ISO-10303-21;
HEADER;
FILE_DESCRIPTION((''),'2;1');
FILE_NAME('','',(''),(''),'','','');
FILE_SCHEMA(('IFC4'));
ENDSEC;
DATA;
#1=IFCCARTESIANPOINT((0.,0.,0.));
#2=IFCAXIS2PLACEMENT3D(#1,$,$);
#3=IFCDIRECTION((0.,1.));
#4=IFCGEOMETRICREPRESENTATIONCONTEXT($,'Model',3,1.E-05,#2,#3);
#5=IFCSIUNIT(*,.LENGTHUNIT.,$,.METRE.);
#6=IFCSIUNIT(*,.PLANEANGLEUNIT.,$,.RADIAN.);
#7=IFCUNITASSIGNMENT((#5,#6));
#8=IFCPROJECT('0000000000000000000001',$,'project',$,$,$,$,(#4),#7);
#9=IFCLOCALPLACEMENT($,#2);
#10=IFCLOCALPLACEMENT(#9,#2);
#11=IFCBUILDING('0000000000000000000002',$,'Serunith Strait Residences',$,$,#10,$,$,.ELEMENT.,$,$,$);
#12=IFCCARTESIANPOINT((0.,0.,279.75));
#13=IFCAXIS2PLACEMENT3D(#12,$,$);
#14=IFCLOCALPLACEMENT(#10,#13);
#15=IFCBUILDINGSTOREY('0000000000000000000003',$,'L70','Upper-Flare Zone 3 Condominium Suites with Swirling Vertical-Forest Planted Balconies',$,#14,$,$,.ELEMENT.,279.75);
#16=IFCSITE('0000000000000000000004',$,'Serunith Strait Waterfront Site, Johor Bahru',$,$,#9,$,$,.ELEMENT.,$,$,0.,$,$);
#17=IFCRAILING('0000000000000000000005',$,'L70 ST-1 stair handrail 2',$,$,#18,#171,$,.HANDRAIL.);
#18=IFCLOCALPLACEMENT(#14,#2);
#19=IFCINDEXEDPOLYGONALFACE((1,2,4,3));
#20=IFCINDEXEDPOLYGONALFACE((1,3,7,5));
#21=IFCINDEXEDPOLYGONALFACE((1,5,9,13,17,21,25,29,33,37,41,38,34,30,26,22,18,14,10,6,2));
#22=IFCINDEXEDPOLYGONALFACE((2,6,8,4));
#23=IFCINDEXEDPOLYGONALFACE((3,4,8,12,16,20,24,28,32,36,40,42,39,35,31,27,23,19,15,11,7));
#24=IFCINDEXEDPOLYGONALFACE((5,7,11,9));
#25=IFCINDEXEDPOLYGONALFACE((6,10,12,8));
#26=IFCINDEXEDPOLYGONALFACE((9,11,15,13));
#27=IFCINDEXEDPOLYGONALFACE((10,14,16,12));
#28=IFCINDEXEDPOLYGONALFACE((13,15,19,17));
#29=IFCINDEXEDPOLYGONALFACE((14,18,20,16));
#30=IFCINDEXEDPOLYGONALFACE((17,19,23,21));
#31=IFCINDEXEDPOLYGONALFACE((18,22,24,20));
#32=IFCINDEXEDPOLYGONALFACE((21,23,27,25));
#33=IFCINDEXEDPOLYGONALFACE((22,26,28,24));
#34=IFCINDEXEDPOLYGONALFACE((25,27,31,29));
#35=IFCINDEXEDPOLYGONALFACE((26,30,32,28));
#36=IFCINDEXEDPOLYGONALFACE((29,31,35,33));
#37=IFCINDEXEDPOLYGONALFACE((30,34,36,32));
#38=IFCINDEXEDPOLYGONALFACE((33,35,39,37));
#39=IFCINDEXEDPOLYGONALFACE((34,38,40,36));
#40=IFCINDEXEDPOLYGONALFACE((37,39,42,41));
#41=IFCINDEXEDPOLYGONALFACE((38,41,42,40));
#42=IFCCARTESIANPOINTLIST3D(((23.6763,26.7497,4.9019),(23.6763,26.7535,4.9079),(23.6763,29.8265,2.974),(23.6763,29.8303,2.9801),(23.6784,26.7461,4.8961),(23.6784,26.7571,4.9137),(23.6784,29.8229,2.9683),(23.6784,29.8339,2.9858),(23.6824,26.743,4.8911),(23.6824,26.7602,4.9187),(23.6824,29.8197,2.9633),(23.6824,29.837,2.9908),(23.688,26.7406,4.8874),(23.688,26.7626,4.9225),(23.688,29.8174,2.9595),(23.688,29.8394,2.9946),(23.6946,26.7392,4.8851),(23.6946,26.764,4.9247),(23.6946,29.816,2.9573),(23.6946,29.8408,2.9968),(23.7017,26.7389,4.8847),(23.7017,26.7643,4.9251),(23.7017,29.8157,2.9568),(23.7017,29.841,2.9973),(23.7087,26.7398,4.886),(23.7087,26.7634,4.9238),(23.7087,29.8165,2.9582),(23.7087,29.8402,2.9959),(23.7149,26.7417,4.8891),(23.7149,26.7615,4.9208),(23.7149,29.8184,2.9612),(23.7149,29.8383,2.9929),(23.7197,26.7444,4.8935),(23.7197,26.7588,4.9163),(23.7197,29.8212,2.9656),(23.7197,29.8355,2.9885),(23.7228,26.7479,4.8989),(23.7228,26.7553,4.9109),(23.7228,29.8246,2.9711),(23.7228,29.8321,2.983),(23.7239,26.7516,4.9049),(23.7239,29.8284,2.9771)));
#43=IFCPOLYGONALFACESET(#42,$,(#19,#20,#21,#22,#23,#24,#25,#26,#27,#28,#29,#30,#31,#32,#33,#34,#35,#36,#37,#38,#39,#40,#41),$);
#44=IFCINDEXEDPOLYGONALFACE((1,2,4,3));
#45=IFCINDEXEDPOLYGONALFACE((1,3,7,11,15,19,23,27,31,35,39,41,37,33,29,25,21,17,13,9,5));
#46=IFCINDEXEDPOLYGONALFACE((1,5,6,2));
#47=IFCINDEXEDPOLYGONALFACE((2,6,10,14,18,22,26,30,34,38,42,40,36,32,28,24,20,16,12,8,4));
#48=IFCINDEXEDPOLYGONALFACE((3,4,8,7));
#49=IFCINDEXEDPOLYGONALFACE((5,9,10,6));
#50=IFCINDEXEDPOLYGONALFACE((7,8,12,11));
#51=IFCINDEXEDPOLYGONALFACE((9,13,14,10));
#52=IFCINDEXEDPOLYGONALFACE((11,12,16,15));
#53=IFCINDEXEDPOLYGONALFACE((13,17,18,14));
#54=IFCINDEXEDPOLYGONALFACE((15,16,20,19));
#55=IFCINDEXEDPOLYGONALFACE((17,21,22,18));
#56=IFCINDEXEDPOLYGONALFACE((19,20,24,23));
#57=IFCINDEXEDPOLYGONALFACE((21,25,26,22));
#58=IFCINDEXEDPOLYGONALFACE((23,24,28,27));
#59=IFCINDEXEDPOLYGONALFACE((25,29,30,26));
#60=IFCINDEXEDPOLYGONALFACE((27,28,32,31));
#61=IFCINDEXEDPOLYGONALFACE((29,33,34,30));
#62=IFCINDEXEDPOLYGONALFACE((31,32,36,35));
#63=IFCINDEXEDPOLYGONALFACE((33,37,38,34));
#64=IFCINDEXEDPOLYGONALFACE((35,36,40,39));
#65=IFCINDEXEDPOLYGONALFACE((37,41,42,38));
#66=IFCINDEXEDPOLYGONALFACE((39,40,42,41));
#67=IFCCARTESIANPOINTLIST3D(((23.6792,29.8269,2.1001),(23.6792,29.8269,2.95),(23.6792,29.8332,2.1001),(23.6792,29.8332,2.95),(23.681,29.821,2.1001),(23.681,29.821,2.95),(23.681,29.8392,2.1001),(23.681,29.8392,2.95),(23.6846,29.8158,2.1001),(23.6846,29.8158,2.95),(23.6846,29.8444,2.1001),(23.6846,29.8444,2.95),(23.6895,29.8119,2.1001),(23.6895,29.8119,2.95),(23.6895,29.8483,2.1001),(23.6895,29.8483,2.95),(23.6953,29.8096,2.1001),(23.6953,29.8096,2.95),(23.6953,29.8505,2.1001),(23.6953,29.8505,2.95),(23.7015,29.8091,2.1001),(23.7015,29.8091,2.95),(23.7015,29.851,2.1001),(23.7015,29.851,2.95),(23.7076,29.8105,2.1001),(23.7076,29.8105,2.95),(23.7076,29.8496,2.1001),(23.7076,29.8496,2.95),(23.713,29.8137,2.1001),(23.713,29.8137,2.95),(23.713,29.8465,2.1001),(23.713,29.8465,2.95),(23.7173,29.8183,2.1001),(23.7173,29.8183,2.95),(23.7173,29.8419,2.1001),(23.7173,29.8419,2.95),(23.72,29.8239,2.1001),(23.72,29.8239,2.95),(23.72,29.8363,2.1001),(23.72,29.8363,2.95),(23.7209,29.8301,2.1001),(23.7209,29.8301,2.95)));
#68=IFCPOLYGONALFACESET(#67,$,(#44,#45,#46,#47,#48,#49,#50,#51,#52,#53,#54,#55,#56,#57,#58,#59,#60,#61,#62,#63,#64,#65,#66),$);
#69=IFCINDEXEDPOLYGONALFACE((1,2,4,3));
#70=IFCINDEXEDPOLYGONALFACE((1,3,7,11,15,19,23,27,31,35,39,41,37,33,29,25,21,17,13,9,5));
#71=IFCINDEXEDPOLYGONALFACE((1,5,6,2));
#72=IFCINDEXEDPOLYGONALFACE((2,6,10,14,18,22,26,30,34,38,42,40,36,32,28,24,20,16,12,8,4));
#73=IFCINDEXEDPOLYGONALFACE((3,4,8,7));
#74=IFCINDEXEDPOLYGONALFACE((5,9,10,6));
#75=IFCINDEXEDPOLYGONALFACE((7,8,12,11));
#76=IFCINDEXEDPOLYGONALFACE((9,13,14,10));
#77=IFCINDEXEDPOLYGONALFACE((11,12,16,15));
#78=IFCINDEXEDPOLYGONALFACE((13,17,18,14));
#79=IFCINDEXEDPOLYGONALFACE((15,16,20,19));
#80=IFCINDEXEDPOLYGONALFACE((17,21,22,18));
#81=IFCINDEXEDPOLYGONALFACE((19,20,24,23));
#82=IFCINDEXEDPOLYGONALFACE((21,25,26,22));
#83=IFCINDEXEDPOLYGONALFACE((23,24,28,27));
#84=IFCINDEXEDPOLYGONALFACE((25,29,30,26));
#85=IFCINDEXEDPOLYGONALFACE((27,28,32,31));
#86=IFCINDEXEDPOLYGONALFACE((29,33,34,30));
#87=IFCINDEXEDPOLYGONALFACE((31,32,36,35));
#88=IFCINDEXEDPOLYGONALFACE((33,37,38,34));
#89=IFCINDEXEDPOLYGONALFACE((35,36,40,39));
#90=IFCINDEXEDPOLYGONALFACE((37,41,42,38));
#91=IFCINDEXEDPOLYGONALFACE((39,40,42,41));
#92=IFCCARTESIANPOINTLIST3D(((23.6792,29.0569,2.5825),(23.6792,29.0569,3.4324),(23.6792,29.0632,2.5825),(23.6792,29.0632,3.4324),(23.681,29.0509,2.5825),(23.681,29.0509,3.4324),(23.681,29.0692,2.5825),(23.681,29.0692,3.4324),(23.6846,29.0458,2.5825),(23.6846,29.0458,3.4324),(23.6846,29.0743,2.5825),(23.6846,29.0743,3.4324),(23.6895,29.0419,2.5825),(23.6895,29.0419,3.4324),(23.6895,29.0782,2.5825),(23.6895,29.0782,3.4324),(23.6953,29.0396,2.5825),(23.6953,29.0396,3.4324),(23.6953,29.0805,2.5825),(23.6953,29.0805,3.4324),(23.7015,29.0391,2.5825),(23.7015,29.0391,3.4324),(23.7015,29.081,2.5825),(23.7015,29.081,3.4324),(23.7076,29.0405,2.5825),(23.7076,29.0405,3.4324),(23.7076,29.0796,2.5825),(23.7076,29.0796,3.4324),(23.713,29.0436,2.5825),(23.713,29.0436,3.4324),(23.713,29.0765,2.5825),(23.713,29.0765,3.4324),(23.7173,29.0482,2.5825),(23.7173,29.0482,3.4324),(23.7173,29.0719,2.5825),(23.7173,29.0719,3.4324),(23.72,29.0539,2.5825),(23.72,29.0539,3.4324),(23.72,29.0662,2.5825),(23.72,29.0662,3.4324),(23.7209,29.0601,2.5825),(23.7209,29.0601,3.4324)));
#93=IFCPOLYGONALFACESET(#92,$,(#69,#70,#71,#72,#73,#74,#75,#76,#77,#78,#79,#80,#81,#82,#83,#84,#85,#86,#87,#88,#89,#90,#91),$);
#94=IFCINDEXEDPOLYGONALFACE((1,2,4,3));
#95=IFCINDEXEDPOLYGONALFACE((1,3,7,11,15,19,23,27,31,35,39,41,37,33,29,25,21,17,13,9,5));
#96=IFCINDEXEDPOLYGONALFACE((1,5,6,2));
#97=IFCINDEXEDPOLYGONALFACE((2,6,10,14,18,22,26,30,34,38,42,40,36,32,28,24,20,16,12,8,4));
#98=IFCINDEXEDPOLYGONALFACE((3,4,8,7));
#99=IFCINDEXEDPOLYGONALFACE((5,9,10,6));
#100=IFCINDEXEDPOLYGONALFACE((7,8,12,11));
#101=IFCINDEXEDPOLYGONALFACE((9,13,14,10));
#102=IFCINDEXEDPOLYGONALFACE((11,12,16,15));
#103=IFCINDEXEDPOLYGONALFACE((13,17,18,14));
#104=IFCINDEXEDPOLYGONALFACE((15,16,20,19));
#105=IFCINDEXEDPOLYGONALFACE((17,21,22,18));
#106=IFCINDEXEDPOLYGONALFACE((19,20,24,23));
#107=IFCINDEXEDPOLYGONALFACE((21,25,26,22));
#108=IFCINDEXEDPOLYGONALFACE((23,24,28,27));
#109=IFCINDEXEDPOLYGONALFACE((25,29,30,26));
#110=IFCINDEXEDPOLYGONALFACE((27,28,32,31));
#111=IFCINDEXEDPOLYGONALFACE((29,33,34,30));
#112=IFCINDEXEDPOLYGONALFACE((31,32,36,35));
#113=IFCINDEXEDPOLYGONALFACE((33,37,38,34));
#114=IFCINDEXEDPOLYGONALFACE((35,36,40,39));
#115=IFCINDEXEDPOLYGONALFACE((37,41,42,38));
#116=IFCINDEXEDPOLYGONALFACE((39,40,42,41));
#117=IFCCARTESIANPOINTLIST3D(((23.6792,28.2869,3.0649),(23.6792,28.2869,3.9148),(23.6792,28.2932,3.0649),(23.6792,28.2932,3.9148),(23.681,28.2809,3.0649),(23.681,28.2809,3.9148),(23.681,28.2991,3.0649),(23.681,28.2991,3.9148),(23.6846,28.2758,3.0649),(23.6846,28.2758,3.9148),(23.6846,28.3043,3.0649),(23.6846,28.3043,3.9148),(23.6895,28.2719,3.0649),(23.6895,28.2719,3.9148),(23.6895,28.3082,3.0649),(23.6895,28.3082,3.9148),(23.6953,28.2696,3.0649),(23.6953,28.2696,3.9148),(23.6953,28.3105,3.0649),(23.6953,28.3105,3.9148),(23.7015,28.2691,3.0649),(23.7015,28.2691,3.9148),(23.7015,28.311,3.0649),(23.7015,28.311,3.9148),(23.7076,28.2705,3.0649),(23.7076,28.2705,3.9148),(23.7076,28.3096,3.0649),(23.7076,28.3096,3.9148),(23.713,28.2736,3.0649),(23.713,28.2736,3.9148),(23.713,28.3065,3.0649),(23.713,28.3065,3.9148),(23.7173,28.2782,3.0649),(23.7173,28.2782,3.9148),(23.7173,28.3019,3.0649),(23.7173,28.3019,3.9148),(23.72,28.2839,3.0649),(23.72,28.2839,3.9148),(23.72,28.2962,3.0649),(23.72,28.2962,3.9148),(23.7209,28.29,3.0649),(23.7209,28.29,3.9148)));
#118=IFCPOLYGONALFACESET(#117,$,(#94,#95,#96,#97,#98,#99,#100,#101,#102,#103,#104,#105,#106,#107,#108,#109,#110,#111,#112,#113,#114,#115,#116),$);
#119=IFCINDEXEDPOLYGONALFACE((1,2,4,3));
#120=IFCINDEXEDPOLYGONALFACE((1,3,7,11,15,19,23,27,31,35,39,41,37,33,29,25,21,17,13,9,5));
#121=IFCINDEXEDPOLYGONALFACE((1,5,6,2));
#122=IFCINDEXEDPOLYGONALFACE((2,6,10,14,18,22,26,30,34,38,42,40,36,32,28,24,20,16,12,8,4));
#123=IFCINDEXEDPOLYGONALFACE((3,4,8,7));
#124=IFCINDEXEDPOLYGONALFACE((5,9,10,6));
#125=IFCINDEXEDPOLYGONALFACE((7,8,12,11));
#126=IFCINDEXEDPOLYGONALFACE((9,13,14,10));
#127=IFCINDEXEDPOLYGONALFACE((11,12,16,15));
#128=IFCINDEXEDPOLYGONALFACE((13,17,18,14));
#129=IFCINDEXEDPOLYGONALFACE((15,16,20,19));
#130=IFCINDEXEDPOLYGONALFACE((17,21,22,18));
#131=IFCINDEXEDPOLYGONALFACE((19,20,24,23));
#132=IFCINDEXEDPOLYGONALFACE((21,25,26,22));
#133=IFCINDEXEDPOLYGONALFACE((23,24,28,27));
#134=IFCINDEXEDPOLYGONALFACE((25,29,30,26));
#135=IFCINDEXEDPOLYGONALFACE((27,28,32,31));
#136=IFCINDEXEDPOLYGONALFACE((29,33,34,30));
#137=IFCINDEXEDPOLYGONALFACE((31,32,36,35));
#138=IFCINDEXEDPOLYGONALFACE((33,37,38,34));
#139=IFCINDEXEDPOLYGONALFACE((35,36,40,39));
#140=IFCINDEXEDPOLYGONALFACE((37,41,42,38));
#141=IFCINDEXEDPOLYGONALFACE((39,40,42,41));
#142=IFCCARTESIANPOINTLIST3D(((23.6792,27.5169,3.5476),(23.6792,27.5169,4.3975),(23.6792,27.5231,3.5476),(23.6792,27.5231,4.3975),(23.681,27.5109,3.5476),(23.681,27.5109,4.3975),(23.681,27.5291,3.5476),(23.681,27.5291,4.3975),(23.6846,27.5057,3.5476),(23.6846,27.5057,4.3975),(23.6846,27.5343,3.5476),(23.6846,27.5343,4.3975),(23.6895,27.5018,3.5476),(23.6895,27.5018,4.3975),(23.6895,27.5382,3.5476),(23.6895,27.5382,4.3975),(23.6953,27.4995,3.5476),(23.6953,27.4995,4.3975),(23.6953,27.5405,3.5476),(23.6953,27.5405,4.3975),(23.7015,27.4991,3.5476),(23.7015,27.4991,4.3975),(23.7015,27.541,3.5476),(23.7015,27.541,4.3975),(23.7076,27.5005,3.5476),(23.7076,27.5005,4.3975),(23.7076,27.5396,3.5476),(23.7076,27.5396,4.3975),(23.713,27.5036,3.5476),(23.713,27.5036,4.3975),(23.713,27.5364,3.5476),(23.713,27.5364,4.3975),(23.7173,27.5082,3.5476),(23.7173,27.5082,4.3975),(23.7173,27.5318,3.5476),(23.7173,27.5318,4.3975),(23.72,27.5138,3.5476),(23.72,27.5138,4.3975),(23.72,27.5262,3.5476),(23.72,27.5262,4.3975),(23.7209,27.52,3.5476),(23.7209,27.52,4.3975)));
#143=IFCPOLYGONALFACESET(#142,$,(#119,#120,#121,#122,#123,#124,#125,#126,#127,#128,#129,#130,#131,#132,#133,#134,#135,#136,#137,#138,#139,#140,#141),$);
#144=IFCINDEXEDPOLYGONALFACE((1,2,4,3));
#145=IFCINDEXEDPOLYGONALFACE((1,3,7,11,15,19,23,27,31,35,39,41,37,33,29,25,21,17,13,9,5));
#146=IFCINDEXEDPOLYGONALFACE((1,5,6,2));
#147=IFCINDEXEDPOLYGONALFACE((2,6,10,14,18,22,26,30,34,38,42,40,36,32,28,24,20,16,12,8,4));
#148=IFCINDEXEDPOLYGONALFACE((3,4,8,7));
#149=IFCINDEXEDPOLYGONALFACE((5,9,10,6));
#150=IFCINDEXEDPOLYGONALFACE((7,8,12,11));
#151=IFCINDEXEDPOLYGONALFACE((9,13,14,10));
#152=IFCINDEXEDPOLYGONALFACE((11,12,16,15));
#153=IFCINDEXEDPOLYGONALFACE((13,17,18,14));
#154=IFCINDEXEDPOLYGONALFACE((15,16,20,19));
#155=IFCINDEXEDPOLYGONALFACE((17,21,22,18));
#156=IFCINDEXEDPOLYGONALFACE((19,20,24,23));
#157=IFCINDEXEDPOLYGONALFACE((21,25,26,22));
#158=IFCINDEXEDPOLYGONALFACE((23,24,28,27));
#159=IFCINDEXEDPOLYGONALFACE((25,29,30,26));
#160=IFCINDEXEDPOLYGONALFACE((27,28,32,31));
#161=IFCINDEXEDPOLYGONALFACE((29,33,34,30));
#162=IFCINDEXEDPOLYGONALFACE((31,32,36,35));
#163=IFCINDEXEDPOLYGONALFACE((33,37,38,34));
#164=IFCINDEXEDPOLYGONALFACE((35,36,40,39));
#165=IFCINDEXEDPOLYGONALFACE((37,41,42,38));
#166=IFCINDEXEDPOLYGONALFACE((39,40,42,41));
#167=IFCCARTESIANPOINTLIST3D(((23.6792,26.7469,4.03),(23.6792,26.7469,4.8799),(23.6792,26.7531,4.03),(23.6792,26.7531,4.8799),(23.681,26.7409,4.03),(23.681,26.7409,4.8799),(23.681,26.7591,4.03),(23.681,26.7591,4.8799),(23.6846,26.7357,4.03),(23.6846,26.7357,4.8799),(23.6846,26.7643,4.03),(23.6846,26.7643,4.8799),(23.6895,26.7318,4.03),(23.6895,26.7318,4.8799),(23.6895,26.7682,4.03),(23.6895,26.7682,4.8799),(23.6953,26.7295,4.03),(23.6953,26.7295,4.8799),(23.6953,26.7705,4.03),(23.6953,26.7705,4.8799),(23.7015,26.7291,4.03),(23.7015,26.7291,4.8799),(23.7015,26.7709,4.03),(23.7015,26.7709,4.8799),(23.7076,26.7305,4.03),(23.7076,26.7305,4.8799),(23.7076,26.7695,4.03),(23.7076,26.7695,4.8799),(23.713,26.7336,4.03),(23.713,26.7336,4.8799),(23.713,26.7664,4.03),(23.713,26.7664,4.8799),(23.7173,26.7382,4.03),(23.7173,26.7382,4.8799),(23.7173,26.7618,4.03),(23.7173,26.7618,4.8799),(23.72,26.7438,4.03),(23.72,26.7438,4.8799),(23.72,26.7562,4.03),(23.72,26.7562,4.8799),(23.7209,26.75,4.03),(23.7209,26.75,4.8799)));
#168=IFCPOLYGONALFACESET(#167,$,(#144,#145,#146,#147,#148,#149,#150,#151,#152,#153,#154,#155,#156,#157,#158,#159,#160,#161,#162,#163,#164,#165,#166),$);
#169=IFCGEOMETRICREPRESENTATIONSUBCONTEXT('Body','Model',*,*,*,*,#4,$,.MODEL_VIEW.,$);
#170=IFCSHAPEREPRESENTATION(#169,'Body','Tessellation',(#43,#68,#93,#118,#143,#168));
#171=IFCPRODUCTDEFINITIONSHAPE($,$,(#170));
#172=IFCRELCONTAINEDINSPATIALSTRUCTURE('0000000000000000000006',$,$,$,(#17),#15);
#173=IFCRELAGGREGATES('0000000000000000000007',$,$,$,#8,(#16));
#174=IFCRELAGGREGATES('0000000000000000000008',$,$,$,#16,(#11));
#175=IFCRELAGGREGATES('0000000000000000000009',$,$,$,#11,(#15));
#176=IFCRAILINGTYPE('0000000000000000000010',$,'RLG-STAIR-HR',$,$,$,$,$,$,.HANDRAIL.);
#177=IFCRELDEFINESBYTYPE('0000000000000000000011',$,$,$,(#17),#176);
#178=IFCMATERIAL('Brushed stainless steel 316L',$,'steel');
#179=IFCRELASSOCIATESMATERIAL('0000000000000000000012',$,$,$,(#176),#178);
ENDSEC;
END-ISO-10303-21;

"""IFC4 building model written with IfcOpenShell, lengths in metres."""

from ifc_helpers import new_model, si_unit, direction, frame, origin, origin_2d, place, context, subcontext, project, spatial, circle, extrude, material, type_object, element, save


model = new_model("IFC4")

# Units and contexts
model_context = context("Model", 3, precision=1e-05, world=origin(), true_north=direction((0.0, 1.0)))
body_context = subcontext(model_context, "Body", "Model", "MODEL_VIEW")
ifc_project = project(units=[si_unit("LENGTHUNIT", "METRE"), si_unit("PLANEANGLEUNIT", "RADIAN")], contexts=[model_context])

# Site, building, storey
site_placement = place(None, origin())
site = spatial("IfcSite", under=ifc_project, at=site_placement, Name="Serunith Strait Waterfront Site, Johor Bahru", CompositionType="ELEMENT", RefElevation=0.0)
building_placement = place(site_placement, origin())
building = spatial("IfcBuilding", under=site, at=building_placement, Name="Serunith Strait Residences", CompositionType="ELEMENT")
storey_placement = place(building_placement, frame((0.0, 0.0, 279.75)))
storey = spatial("IfcBuildingStorey", under=building, at=storey_placement, Name="L70", Description="Upper-Flare Zone 3 Condominium Suites with Swirling Vertical-Forest Planted Balconies", CompositionType="ELEMENT", Elevation=279.75)

# Railing
ifc_material_1 = material(Name="Brushed stainless steel 316L", Category="steel")
railing_type_1 = type_object("IfcRailingType", Name="RLG-STAIR-HR", PredefinedType="HANDRAIL", material=ifc_material_1)
railing_1_placement = place(storey_placement, frame((23.7, 29.8301, 2.1001)))
element("IfcRailing", 1, at=railing_1_placement, inside=storey, type_object=railing_type_1, Name="L70 ST-1 stair handrail 2", PredefinedType="HANDRAIL", context=body_context, shape_type="SweptSolid", body=[
    extrude(circle(Radius=0.0239, at=origin_2d()), frame((0.0, -0.0017, 0.877), z_axis=(0.0, -0.847394, 0.530965), x_axis=(1.0, 0.0, 0.0)), (0.0, 0.0, 1.0), 3.6309),
    extrude(circle(Radius=0.021, at=origin_2d()), origin(), (0.0, 0.0, 1.0), 0.8499),
    extrude(circle(Radius=0.021, at=origin_2d()), frame((0.0, -0.77, 0.4824)), (0.0, 0.0, 1.0), 0.8499),
    extrude(circle(Radius=0.021, at=origin_2d()), frame((0.0, -1.54, 0.9648)), (0.0, 0.0, 1.0), 0.8499),
    extrude(circle(Radius=0.021, at=origin_2d()), frame((0.0, -2.3101, 1.4475)), (0.0, 0.0, 1.0), 0.8499),
    extrude(circle(Radius=0.021, at=origin_2d()), frame((0.0, -3.0801, 1.9299)), (0.0, 0.0, 1.0), 0.8499),
])

save(model, "model.ifc")
